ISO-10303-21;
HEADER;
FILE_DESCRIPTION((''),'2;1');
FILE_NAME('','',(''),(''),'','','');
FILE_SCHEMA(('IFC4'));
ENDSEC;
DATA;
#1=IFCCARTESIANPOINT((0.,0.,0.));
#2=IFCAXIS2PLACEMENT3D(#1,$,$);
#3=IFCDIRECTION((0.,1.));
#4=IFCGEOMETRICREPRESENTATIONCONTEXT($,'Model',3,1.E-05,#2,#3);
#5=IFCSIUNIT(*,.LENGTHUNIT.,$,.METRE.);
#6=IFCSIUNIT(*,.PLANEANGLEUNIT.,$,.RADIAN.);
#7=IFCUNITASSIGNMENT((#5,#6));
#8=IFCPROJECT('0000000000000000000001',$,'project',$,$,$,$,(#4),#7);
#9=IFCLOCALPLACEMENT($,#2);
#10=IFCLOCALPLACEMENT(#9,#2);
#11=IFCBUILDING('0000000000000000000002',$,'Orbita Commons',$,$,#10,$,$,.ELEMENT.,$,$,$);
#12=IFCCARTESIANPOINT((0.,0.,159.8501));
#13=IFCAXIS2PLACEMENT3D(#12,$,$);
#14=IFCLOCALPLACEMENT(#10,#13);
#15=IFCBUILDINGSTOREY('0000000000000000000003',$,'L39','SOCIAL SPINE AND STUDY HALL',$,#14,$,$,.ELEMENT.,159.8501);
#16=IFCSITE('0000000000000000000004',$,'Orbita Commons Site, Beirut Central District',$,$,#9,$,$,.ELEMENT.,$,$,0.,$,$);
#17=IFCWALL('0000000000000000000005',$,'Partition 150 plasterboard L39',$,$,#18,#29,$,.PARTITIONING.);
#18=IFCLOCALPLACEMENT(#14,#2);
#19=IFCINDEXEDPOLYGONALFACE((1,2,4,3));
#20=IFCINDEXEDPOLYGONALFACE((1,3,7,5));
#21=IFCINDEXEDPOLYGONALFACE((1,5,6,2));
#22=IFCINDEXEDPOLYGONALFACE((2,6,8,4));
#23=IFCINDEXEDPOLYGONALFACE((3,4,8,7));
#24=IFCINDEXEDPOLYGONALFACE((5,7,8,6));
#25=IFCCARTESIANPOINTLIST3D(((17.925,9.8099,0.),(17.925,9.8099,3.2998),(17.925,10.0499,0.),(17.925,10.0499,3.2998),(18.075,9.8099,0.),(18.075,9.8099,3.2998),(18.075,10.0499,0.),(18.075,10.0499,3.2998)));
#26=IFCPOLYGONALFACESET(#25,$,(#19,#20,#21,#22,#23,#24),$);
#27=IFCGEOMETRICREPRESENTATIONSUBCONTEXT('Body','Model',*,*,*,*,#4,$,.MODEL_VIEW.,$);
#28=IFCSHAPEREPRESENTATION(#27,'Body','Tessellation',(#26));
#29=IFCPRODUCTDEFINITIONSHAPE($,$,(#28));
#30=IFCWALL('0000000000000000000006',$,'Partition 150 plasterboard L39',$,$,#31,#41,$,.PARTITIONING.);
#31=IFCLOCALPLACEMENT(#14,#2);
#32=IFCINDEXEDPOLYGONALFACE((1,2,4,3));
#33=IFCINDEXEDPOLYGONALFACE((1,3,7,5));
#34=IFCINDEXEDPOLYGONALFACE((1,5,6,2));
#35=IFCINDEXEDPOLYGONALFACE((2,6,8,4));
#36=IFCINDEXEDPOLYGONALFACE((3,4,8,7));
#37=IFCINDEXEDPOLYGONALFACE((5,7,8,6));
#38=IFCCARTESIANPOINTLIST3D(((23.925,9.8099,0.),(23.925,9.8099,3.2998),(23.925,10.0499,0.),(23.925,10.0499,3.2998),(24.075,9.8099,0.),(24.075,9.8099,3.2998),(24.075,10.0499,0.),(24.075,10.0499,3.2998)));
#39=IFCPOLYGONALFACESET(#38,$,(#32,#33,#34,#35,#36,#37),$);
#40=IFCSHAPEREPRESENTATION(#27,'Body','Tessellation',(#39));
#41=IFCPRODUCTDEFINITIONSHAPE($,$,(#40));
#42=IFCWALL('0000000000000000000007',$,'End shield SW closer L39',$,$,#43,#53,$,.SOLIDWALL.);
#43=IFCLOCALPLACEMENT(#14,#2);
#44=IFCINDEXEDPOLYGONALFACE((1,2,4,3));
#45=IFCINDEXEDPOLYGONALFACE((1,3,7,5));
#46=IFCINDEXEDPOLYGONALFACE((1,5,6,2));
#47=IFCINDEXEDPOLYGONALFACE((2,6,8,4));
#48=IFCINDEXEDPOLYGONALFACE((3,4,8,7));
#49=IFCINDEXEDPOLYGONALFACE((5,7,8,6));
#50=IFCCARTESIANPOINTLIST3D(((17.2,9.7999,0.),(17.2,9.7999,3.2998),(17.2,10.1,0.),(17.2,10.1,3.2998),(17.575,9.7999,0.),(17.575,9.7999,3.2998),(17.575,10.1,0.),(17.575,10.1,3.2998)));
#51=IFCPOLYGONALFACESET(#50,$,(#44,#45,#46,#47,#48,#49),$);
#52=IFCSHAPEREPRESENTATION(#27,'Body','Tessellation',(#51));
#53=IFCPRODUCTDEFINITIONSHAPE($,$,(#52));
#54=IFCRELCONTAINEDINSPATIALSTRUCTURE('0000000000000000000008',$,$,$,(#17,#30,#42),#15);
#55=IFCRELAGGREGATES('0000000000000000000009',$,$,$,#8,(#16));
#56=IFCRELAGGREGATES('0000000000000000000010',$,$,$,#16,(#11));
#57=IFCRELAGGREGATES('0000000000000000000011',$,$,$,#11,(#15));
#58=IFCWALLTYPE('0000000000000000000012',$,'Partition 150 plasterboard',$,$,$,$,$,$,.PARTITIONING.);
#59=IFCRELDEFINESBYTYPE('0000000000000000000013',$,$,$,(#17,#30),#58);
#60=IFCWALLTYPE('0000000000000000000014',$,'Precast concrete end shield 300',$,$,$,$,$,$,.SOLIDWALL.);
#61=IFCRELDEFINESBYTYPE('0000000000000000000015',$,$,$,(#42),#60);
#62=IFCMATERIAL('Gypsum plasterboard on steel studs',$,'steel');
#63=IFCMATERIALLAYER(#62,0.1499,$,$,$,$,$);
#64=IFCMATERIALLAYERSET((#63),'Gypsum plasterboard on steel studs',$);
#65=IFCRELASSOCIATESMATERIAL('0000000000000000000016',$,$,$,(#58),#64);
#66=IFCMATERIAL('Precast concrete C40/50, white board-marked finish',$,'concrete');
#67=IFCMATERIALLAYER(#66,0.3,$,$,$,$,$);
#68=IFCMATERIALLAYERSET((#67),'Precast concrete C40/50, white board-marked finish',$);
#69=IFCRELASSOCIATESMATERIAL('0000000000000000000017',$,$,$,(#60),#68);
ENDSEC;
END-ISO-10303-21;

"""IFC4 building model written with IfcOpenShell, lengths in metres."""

from ifc_helpers import new_model, si_unit, direction, frame, frame_2d, origin, place, context, subcontext, project, spatial, rectangle, extrude, material, layer, layer_set, type_object, element, save


model = new_model("IFC4")

# Units and contexts
model_context = context("Model", 3, precision=1e-05, world=origin(), true_north=direction((0.0, 1.0)))
body_context = subcontext(model_context, "Body", "Model", "MODEL_VIEW")
ifc_project = project(units=[si_unit("LENGTHUNIT", "METRE"), si_unit("PLANEANGLEUNIT", "RADIAN")], contexts=[model_context])

# Site, building, storey
site_placement = place(None, origin())
site = spatial("IfcSite", under=ifc_project, at=site_placement, Name="Orbita Commons Site, Beirut Central District", CompositionType="ELEMENT", RefElevation=0.0)
building_placement = place(site_placement, origin())
building = spatial("IfcBuilding", under=site, at=building_placement, Name="Orbita Commons", CompositionType="ELEMENT")
storey_placement = place(building_placement, frame((0.0, 0.0, 159.8501)))
storey = spatial("IfcBuildingStorey", under=building, at=storey_placement, Name="L39", Description="SOCIAL SPINE AND STUDY HALL", CompositionType="ELEMENT", Elevation=159.8501)

# Walls
ifc_material_1 = material(Name="Gypsum plasterboard on steel studs", Category="steel")
ifc_layer_1 = layer(ifc_material_1, 0.1499)
ifc_layer_set_1 = layer_set([ifc_layer_1], Name="Gypsum plasterboard on steel studs")
wall_type_1 = type_object("IfcWallType", Name="Partition 150 plasterboard", PredefinedType="PARTITIONING", material=ifc_layer_set_1)
for number, where, z_axis, x_axis, name in (
    (1, (18.0, 10.05, 0.0), (0.0, 0.0, 1.0), (0.0, -1.0, 0.0), "Partition 150 plasterboard L39"),
    (2, (24.0, 10.05, 0.0), (0.0, 0.0, 1.0), (0.0, -1.0, 0.0), "Partition 150 plasterboard L39"),
):
    element("IfcWall", number, at=place(storey_placement, frame(where, z_axis=z_axis, x_axis=x_axis)), inside=storey, type_object=wall_type_1, Name=name, PredefinedType="PARTITIONING", context=body_context, shape_type="SweptSolid", body=[
        extrude(rectangle(XDim=0.24, YDim=0.1499, at=frame_2d((0.1201, 0.0))), origin(), (0.0, 0.0, 1.0), 3.2998),
    ])
ifc_material_2 = material(Name="Precast concrete C40/50, white board-marked finish", Category="concrete")
ifc_layer_2 = layer(ifc_material_2, 0.3)
ifc_layer_set_2 = layer_set([ifc_layer_2], Name="Precast concrete C40/50, white board-marked finish")
wall_type_2 = type_object("IfcWallType", Name="Precast concrete end shield 300", PredefinedType="SOLIDWALL", material=ifc_layer_set_2)
wall_placement = place(storey_placement, frame((17.2, 9.95, 0.0), z_axis=(0.0, 0.0, 1.0), x_axis=(1.0, 0.0, 0.0)))
element("IfcWall", 3, at=wall_placement, inside=storey, type_object=wall_type_2, Name="End shield SW closer L39", PredefinedType="SOLIDWALL", context=body_context, shape_type="SweptSolid", body=[
    extrude(rectangle(XDim=0.375, YDim=0.3, at=frame_2d((0.1875, 0.0))), origin(), (0.0, 0.0, 1.0), 3.2998),
])

save(model, "model.ifc")
